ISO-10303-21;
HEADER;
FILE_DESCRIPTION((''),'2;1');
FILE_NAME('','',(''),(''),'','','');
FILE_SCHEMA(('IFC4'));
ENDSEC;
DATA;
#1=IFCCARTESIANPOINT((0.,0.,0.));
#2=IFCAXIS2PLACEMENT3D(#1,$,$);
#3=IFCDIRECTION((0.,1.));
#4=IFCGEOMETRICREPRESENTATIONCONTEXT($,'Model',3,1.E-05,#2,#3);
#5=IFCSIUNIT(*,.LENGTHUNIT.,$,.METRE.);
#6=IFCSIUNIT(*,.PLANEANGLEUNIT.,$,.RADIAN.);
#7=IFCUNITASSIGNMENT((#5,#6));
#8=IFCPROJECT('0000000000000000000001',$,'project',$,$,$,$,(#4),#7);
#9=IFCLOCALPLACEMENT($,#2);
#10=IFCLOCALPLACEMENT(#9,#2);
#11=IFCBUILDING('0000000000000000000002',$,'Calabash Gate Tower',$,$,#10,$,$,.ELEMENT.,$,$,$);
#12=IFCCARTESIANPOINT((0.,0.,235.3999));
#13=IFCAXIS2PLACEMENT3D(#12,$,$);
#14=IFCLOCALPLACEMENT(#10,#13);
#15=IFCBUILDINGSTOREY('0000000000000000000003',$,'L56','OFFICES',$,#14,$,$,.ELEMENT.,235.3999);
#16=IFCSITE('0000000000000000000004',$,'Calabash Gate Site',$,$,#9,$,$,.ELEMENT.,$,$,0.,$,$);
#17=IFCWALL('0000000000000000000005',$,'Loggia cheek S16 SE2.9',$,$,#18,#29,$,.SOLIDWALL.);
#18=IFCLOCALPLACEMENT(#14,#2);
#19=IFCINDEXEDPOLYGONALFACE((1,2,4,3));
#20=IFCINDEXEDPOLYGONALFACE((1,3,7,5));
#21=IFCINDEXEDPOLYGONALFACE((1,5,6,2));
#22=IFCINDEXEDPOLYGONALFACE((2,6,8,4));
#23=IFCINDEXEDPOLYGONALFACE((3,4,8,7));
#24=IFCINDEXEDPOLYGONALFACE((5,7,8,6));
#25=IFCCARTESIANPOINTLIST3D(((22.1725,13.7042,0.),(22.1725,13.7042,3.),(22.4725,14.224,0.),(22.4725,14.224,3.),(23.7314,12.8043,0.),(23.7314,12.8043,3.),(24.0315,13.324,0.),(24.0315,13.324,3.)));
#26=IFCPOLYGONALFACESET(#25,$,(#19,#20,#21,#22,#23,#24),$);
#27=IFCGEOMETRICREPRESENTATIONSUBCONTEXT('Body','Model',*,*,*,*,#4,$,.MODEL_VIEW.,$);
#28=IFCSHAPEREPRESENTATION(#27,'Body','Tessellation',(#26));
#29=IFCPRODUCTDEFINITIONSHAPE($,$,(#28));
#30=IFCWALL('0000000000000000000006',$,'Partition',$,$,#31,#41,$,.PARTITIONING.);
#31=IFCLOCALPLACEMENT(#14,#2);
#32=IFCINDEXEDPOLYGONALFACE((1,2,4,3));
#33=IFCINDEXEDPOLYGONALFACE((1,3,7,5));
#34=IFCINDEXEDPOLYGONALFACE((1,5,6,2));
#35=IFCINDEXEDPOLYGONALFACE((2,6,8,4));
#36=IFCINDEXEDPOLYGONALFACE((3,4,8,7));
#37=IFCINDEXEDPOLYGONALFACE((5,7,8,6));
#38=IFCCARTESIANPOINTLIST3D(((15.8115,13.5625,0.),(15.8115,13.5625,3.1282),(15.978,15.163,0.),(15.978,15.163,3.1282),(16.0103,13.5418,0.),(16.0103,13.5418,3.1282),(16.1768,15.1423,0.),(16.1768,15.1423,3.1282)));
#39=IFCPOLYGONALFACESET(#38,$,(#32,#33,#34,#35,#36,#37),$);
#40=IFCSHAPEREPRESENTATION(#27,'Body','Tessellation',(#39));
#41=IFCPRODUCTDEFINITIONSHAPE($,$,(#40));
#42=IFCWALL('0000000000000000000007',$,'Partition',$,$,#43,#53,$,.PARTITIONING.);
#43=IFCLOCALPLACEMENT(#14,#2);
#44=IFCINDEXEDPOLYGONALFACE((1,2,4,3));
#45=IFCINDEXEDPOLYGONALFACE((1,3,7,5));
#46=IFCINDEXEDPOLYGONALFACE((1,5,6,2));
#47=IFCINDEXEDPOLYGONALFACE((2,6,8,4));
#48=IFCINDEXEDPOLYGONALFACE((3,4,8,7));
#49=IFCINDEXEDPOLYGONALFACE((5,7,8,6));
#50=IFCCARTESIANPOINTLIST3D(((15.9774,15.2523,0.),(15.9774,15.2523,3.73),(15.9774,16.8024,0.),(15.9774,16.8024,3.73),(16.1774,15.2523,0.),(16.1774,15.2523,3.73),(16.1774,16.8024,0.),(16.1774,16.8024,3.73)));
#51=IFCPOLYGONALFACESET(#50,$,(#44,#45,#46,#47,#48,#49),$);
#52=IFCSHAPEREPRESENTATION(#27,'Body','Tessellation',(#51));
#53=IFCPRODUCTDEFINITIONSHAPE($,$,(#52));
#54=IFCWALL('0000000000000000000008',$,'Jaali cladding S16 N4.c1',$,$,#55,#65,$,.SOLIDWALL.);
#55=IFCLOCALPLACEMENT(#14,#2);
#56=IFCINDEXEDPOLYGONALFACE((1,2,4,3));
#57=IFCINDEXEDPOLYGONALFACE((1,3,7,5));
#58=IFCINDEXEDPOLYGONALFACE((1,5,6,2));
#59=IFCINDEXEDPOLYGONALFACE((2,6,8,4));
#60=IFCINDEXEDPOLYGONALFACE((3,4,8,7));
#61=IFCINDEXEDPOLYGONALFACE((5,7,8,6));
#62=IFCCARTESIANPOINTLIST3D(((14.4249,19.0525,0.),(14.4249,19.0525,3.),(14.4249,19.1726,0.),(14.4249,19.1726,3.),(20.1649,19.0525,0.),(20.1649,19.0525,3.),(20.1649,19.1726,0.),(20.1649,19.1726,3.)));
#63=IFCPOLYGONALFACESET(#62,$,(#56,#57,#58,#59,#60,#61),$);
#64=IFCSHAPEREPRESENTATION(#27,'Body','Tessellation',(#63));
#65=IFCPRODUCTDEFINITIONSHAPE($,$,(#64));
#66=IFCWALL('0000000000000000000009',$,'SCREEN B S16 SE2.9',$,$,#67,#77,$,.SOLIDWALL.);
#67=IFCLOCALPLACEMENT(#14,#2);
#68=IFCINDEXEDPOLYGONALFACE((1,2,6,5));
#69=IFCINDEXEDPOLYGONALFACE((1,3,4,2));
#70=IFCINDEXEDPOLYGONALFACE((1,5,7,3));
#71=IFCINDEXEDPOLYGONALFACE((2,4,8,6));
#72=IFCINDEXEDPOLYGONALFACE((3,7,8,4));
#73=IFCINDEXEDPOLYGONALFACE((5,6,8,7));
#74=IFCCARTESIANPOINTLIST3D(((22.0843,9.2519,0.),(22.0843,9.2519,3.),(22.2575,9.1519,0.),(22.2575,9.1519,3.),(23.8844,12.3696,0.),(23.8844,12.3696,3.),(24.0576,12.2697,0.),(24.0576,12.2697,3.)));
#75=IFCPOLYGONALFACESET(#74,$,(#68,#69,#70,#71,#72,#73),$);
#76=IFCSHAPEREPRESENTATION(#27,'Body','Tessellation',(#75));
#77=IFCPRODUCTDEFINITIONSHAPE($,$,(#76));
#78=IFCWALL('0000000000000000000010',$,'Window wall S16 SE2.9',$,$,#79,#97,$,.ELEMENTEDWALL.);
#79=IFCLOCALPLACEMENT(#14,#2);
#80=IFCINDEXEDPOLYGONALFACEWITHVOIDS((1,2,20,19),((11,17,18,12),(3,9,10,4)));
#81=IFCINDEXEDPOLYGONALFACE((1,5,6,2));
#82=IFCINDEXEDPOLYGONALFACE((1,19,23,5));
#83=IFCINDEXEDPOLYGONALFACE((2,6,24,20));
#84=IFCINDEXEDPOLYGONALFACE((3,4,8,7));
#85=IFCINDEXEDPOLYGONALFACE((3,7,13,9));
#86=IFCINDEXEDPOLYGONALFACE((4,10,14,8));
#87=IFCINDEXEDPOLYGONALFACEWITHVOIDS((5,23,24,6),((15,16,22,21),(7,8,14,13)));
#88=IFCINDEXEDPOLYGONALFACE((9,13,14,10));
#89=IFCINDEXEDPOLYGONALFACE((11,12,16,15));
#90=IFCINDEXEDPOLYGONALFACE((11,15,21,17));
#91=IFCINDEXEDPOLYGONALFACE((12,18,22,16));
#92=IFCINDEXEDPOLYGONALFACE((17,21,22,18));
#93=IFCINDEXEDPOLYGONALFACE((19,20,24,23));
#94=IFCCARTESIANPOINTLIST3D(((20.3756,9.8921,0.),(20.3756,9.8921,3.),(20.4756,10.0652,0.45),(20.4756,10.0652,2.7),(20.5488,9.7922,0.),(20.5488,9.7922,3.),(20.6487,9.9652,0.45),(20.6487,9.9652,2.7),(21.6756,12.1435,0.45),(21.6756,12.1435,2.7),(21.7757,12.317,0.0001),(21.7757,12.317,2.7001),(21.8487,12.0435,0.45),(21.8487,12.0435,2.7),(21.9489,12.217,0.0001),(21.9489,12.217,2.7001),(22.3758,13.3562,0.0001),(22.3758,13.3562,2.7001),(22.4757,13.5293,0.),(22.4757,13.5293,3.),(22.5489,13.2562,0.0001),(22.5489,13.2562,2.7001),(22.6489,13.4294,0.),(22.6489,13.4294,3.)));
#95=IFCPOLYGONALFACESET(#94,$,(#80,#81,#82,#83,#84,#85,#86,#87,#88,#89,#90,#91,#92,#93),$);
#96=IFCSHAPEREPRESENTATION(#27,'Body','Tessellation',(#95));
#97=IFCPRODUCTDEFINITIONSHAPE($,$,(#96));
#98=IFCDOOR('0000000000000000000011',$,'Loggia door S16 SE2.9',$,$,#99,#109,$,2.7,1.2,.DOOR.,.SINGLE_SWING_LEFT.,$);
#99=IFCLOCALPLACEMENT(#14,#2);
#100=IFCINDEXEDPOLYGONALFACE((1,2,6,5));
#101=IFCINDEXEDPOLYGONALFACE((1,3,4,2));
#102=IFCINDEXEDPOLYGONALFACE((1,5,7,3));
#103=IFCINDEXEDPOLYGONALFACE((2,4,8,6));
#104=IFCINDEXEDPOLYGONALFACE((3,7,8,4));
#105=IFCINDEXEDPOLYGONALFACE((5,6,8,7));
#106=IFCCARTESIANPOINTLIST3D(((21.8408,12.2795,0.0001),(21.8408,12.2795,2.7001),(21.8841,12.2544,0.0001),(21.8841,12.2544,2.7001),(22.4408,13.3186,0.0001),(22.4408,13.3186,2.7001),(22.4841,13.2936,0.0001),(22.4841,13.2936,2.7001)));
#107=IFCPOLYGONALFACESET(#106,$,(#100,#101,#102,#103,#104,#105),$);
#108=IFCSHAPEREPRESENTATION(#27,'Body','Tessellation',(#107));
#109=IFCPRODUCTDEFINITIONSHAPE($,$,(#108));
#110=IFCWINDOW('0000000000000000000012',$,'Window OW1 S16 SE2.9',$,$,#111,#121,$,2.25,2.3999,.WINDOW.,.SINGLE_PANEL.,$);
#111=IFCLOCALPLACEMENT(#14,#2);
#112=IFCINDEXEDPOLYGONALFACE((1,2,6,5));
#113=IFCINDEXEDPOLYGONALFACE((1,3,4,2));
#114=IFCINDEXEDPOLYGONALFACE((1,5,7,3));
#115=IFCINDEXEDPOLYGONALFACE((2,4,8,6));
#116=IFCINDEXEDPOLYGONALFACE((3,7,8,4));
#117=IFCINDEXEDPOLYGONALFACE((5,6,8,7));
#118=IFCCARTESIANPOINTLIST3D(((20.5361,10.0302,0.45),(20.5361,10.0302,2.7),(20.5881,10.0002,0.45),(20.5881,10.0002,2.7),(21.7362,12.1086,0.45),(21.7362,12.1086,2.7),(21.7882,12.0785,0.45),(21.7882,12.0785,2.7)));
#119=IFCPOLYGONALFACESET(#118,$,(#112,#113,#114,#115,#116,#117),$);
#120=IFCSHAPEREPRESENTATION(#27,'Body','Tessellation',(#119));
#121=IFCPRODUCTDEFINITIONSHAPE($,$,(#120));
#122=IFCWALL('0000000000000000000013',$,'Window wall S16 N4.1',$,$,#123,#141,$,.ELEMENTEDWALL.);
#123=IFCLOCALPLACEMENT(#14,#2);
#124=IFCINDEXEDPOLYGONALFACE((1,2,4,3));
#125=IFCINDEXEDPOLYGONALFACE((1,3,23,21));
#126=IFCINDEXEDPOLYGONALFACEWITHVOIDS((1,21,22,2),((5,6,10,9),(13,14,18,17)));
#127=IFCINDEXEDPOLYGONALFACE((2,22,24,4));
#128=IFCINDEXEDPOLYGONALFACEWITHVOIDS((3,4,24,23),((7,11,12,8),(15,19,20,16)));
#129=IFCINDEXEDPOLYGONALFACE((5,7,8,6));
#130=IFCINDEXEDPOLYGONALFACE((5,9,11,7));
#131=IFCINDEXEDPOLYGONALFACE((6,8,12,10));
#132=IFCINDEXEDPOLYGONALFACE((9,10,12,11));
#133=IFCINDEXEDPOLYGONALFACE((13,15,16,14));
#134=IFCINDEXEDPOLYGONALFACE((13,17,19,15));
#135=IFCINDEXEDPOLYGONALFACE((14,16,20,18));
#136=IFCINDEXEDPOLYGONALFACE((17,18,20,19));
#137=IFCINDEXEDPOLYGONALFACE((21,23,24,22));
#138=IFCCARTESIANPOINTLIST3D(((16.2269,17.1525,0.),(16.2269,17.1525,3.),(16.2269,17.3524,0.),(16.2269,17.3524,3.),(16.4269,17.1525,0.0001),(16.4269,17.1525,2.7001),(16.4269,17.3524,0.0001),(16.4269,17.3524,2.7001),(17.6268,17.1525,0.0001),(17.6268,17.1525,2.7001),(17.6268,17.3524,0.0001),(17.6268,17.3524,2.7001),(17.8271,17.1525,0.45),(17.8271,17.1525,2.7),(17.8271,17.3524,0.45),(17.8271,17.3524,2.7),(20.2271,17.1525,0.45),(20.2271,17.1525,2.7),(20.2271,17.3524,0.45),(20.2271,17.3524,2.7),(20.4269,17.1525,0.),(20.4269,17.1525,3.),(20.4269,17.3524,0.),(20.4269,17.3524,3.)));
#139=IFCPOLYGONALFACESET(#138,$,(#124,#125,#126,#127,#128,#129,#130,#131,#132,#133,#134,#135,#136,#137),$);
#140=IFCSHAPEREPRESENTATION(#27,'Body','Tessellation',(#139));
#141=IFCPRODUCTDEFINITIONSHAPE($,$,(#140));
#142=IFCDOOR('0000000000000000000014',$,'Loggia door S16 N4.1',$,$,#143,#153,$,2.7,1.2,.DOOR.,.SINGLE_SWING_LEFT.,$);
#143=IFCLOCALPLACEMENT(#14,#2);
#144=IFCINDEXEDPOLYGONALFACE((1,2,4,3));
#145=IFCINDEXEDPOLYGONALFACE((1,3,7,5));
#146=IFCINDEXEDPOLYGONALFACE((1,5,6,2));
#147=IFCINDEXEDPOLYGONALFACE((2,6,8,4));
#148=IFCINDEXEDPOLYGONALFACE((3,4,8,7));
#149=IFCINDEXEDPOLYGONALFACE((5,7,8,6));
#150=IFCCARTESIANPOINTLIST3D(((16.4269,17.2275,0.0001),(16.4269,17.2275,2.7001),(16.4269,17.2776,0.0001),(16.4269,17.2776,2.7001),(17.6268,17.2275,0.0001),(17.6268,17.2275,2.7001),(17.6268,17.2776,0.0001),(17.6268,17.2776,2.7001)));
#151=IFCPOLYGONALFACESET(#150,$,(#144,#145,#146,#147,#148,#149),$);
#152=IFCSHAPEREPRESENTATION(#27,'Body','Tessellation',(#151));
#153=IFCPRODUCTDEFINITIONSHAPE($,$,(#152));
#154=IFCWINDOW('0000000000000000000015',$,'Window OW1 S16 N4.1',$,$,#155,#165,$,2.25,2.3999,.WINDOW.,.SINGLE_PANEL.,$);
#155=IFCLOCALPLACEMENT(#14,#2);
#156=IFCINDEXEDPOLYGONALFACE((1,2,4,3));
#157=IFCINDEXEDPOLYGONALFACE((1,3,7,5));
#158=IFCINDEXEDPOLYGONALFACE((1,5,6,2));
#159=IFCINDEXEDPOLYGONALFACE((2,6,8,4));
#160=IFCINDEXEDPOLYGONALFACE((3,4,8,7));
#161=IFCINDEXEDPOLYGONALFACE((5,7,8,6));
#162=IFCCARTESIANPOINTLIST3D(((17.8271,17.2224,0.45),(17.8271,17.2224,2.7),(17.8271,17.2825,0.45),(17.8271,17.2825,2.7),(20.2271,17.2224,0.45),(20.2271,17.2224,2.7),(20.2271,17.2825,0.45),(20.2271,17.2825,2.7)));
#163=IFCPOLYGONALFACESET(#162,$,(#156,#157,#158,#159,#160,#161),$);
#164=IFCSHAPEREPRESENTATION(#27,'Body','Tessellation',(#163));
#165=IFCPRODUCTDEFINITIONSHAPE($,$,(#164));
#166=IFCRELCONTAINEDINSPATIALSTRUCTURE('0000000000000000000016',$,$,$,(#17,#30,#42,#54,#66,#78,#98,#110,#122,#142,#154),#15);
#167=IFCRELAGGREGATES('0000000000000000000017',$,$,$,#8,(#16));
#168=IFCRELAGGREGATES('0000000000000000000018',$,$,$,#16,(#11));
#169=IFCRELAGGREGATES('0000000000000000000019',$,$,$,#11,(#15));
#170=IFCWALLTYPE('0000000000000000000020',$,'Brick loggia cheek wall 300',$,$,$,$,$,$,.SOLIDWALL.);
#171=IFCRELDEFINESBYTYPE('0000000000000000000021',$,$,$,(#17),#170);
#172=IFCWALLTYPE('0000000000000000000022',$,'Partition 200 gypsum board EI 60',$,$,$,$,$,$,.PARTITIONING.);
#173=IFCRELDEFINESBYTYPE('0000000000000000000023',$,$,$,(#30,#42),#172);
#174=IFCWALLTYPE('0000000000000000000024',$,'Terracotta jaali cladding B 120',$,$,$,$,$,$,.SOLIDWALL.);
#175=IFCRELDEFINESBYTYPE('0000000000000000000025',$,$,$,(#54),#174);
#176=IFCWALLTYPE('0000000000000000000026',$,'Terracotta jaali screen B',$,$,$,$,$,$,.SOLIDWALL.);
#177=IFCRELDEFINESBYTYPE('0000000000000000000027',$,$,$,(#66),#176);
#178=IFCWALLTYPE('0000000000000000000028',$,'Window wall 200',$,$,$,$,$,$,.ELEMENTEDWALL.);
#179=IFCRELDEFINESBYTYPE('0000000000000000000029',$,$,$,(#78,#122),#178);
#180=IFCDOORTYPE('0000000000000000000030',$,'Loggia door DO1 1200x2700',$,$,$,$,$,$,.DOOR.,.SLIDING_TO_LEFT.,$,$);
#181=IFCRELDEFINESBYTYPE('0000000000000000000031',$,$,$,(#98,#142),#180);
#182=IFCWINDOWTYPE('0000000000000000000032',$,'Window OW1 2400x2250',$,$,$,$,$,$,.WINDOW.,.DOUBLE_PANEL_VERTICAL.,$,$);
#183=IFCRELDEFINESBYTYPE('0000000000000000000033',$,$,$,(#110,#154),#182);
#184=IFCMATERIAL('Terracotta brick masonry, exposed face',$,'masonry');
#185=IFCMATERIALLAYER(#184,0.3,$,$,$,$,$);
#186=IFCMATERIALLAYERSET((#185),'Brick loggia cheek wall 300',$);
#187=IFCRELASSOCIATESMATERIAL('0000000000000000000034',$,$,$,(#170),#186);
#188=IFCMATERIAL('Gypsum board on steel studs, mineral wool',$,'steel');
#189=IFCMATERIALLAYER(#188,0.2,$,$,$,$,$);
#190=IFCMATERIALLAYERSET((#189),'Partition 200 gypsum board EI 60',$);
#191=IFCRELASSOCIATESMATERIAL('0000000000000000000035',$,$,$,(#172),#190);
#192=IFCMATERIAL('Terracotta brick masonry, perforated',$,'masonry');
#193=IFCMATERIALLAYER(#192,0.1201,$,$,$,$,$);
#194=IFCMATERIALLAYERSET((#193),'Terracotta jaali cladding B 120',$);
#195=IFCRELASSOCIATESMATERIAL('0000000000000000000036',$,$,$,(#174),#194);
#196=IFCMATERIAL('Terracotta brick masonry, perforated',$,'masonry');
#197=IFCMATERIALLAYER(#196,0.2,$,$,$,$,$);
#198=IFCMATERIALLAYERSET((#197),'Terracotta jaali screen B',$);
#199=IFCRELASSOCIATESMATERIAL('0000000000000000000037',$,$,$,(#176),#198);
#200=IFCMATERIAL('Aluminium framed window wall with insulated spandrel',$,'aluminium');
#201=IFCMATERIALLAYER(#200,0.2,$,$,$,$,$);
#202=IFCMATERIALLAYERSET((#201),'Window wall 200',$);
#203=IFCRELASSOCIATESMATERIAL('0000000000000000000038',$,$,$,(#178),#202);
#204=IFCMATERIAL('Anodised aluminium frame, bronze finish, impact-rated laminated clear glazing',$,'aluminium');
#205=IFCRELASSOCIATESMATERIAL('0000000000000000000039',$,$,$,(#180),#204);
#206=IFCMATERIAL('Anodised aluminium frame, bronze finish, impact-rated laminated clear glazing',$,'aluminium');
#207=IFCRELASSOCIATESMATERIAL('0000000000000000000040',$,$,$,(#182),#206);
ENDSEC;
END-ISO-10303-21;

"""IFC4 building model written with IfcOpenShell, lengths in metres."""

from ifc_helpers import new_model, si_unit, direction, frame, frame_2d, origin, place, context, subcontext, project, spatial, rectangle, extrude, material, layer, layer_set, type_object, element, fill, save


model = new_model("IFC4")

# Units and contexts
model_context = context("Model", 3, precision=1e-05, world=origin(), true_north=direction((0.0, 1.0)))
body_context = subcontext(model_context, "Body", "Model", "MODEL_VIEW")
ifc_project = project(units=[si_unit("LENGTHUNIT", "METRE"), si_unit("PLANEANGLEUNIT", "RADIAN")], contexts=[model_context])

# Site, building, storey
site_placement = place(None, origin())
site = spatial("IfcSite", under=ifc_project, at=site_placement, Name="Calabash Gate Site", CompositionType="ELEMENT", RefElevation=0.0)
building_placement = place(site_placement, origin())
building = spatial("IfcBuilding", under=site, at=building_placement, Name="Calabash Gate Tower", CompositionType="ELEMENT")
storey_placement = place(building_placement, frame((0.0, 0.0, 235.3999)))
storey = spatial("IfcBuildingStorey", under=building, at=storey_placement, Name="L56", Description="OFFICES", CompositionType="ELEMENT", Elevation=235.3999)

# Walls
ifc_material_1 = material(Name="Terracotta brick masonry, exposed face", Category="masonry")
ifc_layer_1 = layer(ifc_material_1, 0.3)
ifc_layer_set_1 = layer_set([ifc_layer_1], Name="Brick loggia cheek wall 300")
wall_type_1 = type_object("IfcWallType", Name="Brick loggia cheek wall 300", PredefinedType="SOLIDWALL", material=ifc_layer_set_1)
wall_1_placement = place(storey_placement, frame((23.8813, 13.0642, 0.0), z_axis=(0.0, 0.0, 1.0), x_axis=(-0.866048, 0.499961, 0.0)))
element("IfcWall", 1, at=wall_1_placement, inside=storey, type_object=wall_type_1, Name="Loggia cheek S16 SE2.9", PredefinedType="SOLIDWALL", context=body_context, shape_type="SweptSolid", body=[
    extrude(rectangle(XDim=1.8, YDim=0.6001, at=frame_2d((0.8999, 0.0))), origin(), (0.0, 0.0, 1.0), 3.0),
])
ifc_material_2 = material(Name="Gypsum board on steel studs, mineral wool", Category="steel")
ifc_layer_2 = layer(ifc_material_2, 0.2)
ifc_layer_set_2 = layer_set([ifc_layer_2], Name="Partition 200 gypsum board EI 60")
wall_type_2 = type_object("IfcWallType", Name="Partition 200 gypsum board EI 60", PredefinedType="PARTITIONING", material=ifc_layer_set_2)
wall_2_placement = place(storey_placement, frame((15.9109, 13.552, 0.0), z_axis=(0.0, 0.0, 1.0), x_axis=(0.103469, 0.994633, 0.0)))
element("IfcWall", 2, at=wall_2_placement, inside=storey, type_object=wall_type_2, Name="Partition", PredefinedType="PARTITIONING", context=body_context, shape_type="SweptSolid", body=[
    extrude(rectangle(XDim=1.6091, YDim=0.2, at=frame_2d((0.8047, 0.0))), origin(), (0.0, 0.0, 1.0), 3.1282),
])
wall_3_placement = place(storey_placement, frame((16.0774, 15.2524, 0.0), z_axis=(0.0, 0.0, 1.0), x_axis=(0.0, 1.0, 0.0)))
element("IfcWall", 3, at=wall_3_placement, inside=storey, type_object=wall_type_2, Name="Partition", PredefinedType="PARTITIONING", context=body_context, shape_type="SweptSolid", body=[
    extrude(rectangle(XDim=1.55, YDim=0.2, at=frame_2d((0.7749, 0.0))), origin(), (0.0, 0.0, 1.0), 3.73),
])
ifc_material_3 = material(Name="Terracotta brick masonry, perforated", Category="masonry")
ifc_layer_3 = layer(ifc_material_3, 0.1201)
ifc_layer_set_3 = layer_set([ifc_layer_3], Name="Terracotta jaali cladding B 120")
wall_type_3 = type_object("IfcWallType", Name="Terracotta jaali cladding B 120", PredefinedType="SOLIDWALL", material=ifc_layer_set_3)
wall_4_placement = place(storey_placement, frame((14.4248, 19.1125, 0.0), z_axis=(0.0, 0.0, 1.0), x_axis=(1.0, 0.0, 0.0)))
element("IfcWall", 4, at=wall_4_placement, inside=storey, type_object=wall_type_3, Name="Jaali cladding S16 N4.c1", PredefinedType="SOLIDWALL", context=body_context, shape_type="SweptSolid", body=[
    extrude(rectangle(XDim=5.74, YDim=0.1201, at=frame_2d((2.8701, 0.0))), origin(), (0.0, 0.0, 1.0), 3.0),
])
ifc_material_4 = material(Name="Terracotta brick masonry, perforated", Category="masonry")
ifc_layer_4 = layer(ifc_material_4, 0.2)
ifc_layer_set_4 = layer_set([ifc_layer_4], Name="Terracotta jaali screen B")
wall_type_4 = type_object("IfcWallType", Name="Terracotta jaali screen B", PredefinedType="SOLIDWALL", material=ifc_layer_set_4)
wall_5_placement = place(storey_placement, frame((22.1709, 9.2019, 0.0), z_axis=(0.0, 0.0, 1.0), x_axis=(0.500012, 0.866018, 0.0)))
element("IfcWall", 5, at=wall_5_placement, inside=storey, type_object=wall_type_4, Name="SCREEN B S16 SE2.9", PredefinedType="SOLIDWALL", context=body_context, shape_type="SweptSolid", body=[
    extrude(rectangle(XDim=3.6001, YDim=0.2, at=frame_2d((1.8, 0.0))), origin(), (0.0, 0.0, 1.0), 3.0),
])

# Walls, openings, doors, windows
ifc_material_5 = material(Name="Aluminium framed window wall with insulated spandrel", Category="aluminium")
ifc_layer_5 = layer(ifc_material_5, 0.2)
ifc_layer_set_5 = layer_set([ifc_layer_5], Name="Window wall 200")
wall_type_5 = type_object("IfcWallType", Name="Window wall 200", PredefinedType="ELEMENTEDWALL", material=ifc_layer_set_5)
wall_6_placement = place(storey_placement, frame((20.4622, 9.842, 0.0), z_axis=(0.0, 0.0, 1.0), x_axis=(0.500028, 0.866009, 0.0)))
wall_6 = element("IfcWall", 6, at=wall_6_placement, inside=storey, type_object=wall_type_5, Name="Window wall S16 SE2.9", PredefinedType="ELEMENTEDWALL", context=body_context, shape_type="SweptSolid", body=[
    extrude(rectangle(XDim=4.2, YDim=0.2, at=frame_2d((2.1001, 0.0))), origin(), (0.0, 0.0, 1.0), 3.0),
])
opening_1_placement = place(wall_6_placement, frame((0.2, 0.0, 0.45)))
opening_1 = element("IfcOpeningElement", 7, at=opening_1_placement, cuts=wall_6, PredefinedType="OPENING", context=body_context, shape_type="SweptSolid", body=[
    extrude(rectangle(XDim=2.3999, YDim=2.25, at=frame_2d((1.2, 1.125))), frame((0.0, 0.1099, 0.0), z_axis=(0.0, -1.0, 0.0), x_axis=(1.0, 0.0, 0.0)), (0.0, 0.0, 1.0), 0.22),
])
opening_2_placement = place(wall_6_placement, frame((2.8, 0.0, 0.0)))
opening_2 = element("IfcOpeningElement", 8, at=opening_2_placement, cuts=wall_6, PredefinedType="OPENING", context=body_context, shape_type="SweptSolid", body=[
    extrude(rectangle(XDim=1.2, YDim=2.7, at=frame_2d((0.6001, 1.3501))), frame((0.0, 0.1099, 0.0), z_axis=(0.0, -1.0, 0.0), x_axis=(1.0, 0.0, 0.0)), (0.0, 0.0, 1.0), 0.22),
])
ifc_material_6 = material(Name="Anodised aluminium frame, bronze finish, impact-rated laminated clear glazing", Category="aluminium")
door_type = type_object("IfcDoorType", Name="Loggia door DO1 1200x2700", OperationType="SLIDING_TO_LEFT", PredefinedType="DOOR", material=ifc_material_6)
door_1_placement = place(opening_2_placement, origin())
door_1 = element("IfcDoor", 9, at=door_1_placement, inside=storey, type_object=door_type, Name="Loggia door S16 SE2.9", OperationType="SINGLE_SWING_LEFT", OverallHeight=2.7, OverallWidth=1.2, PredefinedType="DOOR", context=body_context, shape_type="SweptSolid", body=[
    extrude(rectangle(XDim=1.2, YDim=2.7, at=frame_2d((0.6001, 1.3501))), frame((0.0, 0.0249, 0.0), z_axis=(0.0, -1.0, 0.0), x_axis=(1.0, 0.0, 0.0)), (0.0, 0.0, 1.0), 0.05),
])
fill(opening_2, door_1)
ifc_material_7 = material(Name="Anodised aluminium frame, bronze finish, impact-rated laminated clear glazing", Category="aluminium")
window_type = type_object("IfcWindowType", Name="Window OW1 2400x2250", PartitioningType="DOUBLE_PANEL_VERTICAL", PredefinedType="WINDOW", material=ifc_material_7)
window_1_placement = place(opening_1_placement, origin())
window_1 = element("IfcWindow", 10, at=window_1_placement, inside=storey, type_object=window_type, Name="Window OW1 S16 SE2.9", OverallHeight=2.25, OverallWidth=2.3999, PartitioningType="SINGLE_PANEL", PredefinedType="WINDOW", context=body_context, shape_type="SweptSolid", body=[
    extrude(rectangle(XDim=2.3999, YDim=2.25, at=frame_2d((1.2, 1.125))), frame((0.0, 0.03, 0.0), z_axis=(0.0, -1.0, 0.0), x_axis=(1.0, 0.0, 0.0)), (0.0, 0.0, 1.0), 0.0601),
])
fill(opening_1, window_1)
wall_7_placement = place(storey_placement, frame((20.427, 17.2524, 0.0), z_axis=(0.0, 0.0, 1.0), x_axis=(-1.0, 0.0, 0.0)))
wall_7 = element("IfcWall", 11, at=wall_7_placement, inside=storey, type_object=wall_type_5, Name="Window wall S16 N4.1", PredefinedType="ELEMENTEDWALL", context=body_context, shape_type="SweptSolid", body=[
    extrude(rectangle(XDim=4.2, YDim=0.2, at=frame_2d((2.1001, 0.0))), origin(), (0.0, 0.0, 1.0), 3.0),
])
opening_3_placement = place(wall_7_placement, frame((0.2, 0.0, 0.45)))
opening_3 = element("IfcOpeningElement", 12, at=opening_3_placement, cuts=wall_7, PredefinedType="OPENING", context=body_context, shape_type="SweptSolid", body=[
    extrude(rectangle(XDim=2.3999, YDim=2.25, at=frame_2d((1.2, 1.125))), frame((0.0, 0.1099, 0.0), z_axis=(0.0, -1.0, 0.0), x_axis=(1.0, 0.0, 0.0)), (0.0, 0.0, 1.0), 0.22),
])
opening_4_placement = place(wall_7_placement, frame((2.8, 0.0, 0.0)))
opening_4 = element("IfcOpeningElement", 13, at=opening_4_placement, cuts=wall_7, PredefinedType="OPENING", context=body_context, shape_type="SweptSolid", body=[
    extrude(rectangle(XDim=1.2, YDim=2.7, at=frame_2d((0.6001, 1.3501))), frame((0.0, 0.1099, 0.0), z_axis=(0.0, -1.0, 0.0), x_axis=(1.0, 0.0, 0.0)), (0.0, 0.0, 1.0), 0.22),
])
door_2_placement = place(opening_4_placement, origin())
door_2 = element("IfcDoor", 14, at=door_2_placement, inside=storey, type_object=door_type, Name="Loggia door S16 N4.1", OperationType="SINGLE_SWING_LEFT", OverallHeight=2.7, OverallWidth=1.2, PredefinedType="DOOR", context=body_context, shape_type="SweptSolid", body=[
    extrude(rectangle(XDim=1.2, YDim=2.7, at=frame_2d((0.6001, 1.3501))), frame((0.0, 0.0249, 0.0), z_axis=(0.0, -1.0, 0.0), x_axis=(1.0, 0.0, 0.0)), (0.0, 0.0, 1.0), 0.05),
])
fill(opening_4, door_2)
window_2_placement = place(opening_3_placement, origin())
window_2 = element("IfcWindow", 15, at=window_2_placement, inside=storey, type_object=window_type, Name="Window OW1 S16 N4.1", OverallHeight=2.25, OverallWidth=2.3999, PartitioningType="SINGLE_PANEL", PredefinedType="WINDOW", context=body_context, shape_type="SweptSolid", body=[
    extrude(rectangle(XDim=2.3999, YDim=2.25, at=frame_2d((1.2, 1.125))), frame((0.0, 0.03, 0.0), z_axis=(0.0, -1.0, 0.0), x_axis=(1.0, 0.0, 0.0)), (0.0, 0.0, 1.0), 0.0601),
])
fill(opening_3, window_2)

save(model, "model.ifc")
